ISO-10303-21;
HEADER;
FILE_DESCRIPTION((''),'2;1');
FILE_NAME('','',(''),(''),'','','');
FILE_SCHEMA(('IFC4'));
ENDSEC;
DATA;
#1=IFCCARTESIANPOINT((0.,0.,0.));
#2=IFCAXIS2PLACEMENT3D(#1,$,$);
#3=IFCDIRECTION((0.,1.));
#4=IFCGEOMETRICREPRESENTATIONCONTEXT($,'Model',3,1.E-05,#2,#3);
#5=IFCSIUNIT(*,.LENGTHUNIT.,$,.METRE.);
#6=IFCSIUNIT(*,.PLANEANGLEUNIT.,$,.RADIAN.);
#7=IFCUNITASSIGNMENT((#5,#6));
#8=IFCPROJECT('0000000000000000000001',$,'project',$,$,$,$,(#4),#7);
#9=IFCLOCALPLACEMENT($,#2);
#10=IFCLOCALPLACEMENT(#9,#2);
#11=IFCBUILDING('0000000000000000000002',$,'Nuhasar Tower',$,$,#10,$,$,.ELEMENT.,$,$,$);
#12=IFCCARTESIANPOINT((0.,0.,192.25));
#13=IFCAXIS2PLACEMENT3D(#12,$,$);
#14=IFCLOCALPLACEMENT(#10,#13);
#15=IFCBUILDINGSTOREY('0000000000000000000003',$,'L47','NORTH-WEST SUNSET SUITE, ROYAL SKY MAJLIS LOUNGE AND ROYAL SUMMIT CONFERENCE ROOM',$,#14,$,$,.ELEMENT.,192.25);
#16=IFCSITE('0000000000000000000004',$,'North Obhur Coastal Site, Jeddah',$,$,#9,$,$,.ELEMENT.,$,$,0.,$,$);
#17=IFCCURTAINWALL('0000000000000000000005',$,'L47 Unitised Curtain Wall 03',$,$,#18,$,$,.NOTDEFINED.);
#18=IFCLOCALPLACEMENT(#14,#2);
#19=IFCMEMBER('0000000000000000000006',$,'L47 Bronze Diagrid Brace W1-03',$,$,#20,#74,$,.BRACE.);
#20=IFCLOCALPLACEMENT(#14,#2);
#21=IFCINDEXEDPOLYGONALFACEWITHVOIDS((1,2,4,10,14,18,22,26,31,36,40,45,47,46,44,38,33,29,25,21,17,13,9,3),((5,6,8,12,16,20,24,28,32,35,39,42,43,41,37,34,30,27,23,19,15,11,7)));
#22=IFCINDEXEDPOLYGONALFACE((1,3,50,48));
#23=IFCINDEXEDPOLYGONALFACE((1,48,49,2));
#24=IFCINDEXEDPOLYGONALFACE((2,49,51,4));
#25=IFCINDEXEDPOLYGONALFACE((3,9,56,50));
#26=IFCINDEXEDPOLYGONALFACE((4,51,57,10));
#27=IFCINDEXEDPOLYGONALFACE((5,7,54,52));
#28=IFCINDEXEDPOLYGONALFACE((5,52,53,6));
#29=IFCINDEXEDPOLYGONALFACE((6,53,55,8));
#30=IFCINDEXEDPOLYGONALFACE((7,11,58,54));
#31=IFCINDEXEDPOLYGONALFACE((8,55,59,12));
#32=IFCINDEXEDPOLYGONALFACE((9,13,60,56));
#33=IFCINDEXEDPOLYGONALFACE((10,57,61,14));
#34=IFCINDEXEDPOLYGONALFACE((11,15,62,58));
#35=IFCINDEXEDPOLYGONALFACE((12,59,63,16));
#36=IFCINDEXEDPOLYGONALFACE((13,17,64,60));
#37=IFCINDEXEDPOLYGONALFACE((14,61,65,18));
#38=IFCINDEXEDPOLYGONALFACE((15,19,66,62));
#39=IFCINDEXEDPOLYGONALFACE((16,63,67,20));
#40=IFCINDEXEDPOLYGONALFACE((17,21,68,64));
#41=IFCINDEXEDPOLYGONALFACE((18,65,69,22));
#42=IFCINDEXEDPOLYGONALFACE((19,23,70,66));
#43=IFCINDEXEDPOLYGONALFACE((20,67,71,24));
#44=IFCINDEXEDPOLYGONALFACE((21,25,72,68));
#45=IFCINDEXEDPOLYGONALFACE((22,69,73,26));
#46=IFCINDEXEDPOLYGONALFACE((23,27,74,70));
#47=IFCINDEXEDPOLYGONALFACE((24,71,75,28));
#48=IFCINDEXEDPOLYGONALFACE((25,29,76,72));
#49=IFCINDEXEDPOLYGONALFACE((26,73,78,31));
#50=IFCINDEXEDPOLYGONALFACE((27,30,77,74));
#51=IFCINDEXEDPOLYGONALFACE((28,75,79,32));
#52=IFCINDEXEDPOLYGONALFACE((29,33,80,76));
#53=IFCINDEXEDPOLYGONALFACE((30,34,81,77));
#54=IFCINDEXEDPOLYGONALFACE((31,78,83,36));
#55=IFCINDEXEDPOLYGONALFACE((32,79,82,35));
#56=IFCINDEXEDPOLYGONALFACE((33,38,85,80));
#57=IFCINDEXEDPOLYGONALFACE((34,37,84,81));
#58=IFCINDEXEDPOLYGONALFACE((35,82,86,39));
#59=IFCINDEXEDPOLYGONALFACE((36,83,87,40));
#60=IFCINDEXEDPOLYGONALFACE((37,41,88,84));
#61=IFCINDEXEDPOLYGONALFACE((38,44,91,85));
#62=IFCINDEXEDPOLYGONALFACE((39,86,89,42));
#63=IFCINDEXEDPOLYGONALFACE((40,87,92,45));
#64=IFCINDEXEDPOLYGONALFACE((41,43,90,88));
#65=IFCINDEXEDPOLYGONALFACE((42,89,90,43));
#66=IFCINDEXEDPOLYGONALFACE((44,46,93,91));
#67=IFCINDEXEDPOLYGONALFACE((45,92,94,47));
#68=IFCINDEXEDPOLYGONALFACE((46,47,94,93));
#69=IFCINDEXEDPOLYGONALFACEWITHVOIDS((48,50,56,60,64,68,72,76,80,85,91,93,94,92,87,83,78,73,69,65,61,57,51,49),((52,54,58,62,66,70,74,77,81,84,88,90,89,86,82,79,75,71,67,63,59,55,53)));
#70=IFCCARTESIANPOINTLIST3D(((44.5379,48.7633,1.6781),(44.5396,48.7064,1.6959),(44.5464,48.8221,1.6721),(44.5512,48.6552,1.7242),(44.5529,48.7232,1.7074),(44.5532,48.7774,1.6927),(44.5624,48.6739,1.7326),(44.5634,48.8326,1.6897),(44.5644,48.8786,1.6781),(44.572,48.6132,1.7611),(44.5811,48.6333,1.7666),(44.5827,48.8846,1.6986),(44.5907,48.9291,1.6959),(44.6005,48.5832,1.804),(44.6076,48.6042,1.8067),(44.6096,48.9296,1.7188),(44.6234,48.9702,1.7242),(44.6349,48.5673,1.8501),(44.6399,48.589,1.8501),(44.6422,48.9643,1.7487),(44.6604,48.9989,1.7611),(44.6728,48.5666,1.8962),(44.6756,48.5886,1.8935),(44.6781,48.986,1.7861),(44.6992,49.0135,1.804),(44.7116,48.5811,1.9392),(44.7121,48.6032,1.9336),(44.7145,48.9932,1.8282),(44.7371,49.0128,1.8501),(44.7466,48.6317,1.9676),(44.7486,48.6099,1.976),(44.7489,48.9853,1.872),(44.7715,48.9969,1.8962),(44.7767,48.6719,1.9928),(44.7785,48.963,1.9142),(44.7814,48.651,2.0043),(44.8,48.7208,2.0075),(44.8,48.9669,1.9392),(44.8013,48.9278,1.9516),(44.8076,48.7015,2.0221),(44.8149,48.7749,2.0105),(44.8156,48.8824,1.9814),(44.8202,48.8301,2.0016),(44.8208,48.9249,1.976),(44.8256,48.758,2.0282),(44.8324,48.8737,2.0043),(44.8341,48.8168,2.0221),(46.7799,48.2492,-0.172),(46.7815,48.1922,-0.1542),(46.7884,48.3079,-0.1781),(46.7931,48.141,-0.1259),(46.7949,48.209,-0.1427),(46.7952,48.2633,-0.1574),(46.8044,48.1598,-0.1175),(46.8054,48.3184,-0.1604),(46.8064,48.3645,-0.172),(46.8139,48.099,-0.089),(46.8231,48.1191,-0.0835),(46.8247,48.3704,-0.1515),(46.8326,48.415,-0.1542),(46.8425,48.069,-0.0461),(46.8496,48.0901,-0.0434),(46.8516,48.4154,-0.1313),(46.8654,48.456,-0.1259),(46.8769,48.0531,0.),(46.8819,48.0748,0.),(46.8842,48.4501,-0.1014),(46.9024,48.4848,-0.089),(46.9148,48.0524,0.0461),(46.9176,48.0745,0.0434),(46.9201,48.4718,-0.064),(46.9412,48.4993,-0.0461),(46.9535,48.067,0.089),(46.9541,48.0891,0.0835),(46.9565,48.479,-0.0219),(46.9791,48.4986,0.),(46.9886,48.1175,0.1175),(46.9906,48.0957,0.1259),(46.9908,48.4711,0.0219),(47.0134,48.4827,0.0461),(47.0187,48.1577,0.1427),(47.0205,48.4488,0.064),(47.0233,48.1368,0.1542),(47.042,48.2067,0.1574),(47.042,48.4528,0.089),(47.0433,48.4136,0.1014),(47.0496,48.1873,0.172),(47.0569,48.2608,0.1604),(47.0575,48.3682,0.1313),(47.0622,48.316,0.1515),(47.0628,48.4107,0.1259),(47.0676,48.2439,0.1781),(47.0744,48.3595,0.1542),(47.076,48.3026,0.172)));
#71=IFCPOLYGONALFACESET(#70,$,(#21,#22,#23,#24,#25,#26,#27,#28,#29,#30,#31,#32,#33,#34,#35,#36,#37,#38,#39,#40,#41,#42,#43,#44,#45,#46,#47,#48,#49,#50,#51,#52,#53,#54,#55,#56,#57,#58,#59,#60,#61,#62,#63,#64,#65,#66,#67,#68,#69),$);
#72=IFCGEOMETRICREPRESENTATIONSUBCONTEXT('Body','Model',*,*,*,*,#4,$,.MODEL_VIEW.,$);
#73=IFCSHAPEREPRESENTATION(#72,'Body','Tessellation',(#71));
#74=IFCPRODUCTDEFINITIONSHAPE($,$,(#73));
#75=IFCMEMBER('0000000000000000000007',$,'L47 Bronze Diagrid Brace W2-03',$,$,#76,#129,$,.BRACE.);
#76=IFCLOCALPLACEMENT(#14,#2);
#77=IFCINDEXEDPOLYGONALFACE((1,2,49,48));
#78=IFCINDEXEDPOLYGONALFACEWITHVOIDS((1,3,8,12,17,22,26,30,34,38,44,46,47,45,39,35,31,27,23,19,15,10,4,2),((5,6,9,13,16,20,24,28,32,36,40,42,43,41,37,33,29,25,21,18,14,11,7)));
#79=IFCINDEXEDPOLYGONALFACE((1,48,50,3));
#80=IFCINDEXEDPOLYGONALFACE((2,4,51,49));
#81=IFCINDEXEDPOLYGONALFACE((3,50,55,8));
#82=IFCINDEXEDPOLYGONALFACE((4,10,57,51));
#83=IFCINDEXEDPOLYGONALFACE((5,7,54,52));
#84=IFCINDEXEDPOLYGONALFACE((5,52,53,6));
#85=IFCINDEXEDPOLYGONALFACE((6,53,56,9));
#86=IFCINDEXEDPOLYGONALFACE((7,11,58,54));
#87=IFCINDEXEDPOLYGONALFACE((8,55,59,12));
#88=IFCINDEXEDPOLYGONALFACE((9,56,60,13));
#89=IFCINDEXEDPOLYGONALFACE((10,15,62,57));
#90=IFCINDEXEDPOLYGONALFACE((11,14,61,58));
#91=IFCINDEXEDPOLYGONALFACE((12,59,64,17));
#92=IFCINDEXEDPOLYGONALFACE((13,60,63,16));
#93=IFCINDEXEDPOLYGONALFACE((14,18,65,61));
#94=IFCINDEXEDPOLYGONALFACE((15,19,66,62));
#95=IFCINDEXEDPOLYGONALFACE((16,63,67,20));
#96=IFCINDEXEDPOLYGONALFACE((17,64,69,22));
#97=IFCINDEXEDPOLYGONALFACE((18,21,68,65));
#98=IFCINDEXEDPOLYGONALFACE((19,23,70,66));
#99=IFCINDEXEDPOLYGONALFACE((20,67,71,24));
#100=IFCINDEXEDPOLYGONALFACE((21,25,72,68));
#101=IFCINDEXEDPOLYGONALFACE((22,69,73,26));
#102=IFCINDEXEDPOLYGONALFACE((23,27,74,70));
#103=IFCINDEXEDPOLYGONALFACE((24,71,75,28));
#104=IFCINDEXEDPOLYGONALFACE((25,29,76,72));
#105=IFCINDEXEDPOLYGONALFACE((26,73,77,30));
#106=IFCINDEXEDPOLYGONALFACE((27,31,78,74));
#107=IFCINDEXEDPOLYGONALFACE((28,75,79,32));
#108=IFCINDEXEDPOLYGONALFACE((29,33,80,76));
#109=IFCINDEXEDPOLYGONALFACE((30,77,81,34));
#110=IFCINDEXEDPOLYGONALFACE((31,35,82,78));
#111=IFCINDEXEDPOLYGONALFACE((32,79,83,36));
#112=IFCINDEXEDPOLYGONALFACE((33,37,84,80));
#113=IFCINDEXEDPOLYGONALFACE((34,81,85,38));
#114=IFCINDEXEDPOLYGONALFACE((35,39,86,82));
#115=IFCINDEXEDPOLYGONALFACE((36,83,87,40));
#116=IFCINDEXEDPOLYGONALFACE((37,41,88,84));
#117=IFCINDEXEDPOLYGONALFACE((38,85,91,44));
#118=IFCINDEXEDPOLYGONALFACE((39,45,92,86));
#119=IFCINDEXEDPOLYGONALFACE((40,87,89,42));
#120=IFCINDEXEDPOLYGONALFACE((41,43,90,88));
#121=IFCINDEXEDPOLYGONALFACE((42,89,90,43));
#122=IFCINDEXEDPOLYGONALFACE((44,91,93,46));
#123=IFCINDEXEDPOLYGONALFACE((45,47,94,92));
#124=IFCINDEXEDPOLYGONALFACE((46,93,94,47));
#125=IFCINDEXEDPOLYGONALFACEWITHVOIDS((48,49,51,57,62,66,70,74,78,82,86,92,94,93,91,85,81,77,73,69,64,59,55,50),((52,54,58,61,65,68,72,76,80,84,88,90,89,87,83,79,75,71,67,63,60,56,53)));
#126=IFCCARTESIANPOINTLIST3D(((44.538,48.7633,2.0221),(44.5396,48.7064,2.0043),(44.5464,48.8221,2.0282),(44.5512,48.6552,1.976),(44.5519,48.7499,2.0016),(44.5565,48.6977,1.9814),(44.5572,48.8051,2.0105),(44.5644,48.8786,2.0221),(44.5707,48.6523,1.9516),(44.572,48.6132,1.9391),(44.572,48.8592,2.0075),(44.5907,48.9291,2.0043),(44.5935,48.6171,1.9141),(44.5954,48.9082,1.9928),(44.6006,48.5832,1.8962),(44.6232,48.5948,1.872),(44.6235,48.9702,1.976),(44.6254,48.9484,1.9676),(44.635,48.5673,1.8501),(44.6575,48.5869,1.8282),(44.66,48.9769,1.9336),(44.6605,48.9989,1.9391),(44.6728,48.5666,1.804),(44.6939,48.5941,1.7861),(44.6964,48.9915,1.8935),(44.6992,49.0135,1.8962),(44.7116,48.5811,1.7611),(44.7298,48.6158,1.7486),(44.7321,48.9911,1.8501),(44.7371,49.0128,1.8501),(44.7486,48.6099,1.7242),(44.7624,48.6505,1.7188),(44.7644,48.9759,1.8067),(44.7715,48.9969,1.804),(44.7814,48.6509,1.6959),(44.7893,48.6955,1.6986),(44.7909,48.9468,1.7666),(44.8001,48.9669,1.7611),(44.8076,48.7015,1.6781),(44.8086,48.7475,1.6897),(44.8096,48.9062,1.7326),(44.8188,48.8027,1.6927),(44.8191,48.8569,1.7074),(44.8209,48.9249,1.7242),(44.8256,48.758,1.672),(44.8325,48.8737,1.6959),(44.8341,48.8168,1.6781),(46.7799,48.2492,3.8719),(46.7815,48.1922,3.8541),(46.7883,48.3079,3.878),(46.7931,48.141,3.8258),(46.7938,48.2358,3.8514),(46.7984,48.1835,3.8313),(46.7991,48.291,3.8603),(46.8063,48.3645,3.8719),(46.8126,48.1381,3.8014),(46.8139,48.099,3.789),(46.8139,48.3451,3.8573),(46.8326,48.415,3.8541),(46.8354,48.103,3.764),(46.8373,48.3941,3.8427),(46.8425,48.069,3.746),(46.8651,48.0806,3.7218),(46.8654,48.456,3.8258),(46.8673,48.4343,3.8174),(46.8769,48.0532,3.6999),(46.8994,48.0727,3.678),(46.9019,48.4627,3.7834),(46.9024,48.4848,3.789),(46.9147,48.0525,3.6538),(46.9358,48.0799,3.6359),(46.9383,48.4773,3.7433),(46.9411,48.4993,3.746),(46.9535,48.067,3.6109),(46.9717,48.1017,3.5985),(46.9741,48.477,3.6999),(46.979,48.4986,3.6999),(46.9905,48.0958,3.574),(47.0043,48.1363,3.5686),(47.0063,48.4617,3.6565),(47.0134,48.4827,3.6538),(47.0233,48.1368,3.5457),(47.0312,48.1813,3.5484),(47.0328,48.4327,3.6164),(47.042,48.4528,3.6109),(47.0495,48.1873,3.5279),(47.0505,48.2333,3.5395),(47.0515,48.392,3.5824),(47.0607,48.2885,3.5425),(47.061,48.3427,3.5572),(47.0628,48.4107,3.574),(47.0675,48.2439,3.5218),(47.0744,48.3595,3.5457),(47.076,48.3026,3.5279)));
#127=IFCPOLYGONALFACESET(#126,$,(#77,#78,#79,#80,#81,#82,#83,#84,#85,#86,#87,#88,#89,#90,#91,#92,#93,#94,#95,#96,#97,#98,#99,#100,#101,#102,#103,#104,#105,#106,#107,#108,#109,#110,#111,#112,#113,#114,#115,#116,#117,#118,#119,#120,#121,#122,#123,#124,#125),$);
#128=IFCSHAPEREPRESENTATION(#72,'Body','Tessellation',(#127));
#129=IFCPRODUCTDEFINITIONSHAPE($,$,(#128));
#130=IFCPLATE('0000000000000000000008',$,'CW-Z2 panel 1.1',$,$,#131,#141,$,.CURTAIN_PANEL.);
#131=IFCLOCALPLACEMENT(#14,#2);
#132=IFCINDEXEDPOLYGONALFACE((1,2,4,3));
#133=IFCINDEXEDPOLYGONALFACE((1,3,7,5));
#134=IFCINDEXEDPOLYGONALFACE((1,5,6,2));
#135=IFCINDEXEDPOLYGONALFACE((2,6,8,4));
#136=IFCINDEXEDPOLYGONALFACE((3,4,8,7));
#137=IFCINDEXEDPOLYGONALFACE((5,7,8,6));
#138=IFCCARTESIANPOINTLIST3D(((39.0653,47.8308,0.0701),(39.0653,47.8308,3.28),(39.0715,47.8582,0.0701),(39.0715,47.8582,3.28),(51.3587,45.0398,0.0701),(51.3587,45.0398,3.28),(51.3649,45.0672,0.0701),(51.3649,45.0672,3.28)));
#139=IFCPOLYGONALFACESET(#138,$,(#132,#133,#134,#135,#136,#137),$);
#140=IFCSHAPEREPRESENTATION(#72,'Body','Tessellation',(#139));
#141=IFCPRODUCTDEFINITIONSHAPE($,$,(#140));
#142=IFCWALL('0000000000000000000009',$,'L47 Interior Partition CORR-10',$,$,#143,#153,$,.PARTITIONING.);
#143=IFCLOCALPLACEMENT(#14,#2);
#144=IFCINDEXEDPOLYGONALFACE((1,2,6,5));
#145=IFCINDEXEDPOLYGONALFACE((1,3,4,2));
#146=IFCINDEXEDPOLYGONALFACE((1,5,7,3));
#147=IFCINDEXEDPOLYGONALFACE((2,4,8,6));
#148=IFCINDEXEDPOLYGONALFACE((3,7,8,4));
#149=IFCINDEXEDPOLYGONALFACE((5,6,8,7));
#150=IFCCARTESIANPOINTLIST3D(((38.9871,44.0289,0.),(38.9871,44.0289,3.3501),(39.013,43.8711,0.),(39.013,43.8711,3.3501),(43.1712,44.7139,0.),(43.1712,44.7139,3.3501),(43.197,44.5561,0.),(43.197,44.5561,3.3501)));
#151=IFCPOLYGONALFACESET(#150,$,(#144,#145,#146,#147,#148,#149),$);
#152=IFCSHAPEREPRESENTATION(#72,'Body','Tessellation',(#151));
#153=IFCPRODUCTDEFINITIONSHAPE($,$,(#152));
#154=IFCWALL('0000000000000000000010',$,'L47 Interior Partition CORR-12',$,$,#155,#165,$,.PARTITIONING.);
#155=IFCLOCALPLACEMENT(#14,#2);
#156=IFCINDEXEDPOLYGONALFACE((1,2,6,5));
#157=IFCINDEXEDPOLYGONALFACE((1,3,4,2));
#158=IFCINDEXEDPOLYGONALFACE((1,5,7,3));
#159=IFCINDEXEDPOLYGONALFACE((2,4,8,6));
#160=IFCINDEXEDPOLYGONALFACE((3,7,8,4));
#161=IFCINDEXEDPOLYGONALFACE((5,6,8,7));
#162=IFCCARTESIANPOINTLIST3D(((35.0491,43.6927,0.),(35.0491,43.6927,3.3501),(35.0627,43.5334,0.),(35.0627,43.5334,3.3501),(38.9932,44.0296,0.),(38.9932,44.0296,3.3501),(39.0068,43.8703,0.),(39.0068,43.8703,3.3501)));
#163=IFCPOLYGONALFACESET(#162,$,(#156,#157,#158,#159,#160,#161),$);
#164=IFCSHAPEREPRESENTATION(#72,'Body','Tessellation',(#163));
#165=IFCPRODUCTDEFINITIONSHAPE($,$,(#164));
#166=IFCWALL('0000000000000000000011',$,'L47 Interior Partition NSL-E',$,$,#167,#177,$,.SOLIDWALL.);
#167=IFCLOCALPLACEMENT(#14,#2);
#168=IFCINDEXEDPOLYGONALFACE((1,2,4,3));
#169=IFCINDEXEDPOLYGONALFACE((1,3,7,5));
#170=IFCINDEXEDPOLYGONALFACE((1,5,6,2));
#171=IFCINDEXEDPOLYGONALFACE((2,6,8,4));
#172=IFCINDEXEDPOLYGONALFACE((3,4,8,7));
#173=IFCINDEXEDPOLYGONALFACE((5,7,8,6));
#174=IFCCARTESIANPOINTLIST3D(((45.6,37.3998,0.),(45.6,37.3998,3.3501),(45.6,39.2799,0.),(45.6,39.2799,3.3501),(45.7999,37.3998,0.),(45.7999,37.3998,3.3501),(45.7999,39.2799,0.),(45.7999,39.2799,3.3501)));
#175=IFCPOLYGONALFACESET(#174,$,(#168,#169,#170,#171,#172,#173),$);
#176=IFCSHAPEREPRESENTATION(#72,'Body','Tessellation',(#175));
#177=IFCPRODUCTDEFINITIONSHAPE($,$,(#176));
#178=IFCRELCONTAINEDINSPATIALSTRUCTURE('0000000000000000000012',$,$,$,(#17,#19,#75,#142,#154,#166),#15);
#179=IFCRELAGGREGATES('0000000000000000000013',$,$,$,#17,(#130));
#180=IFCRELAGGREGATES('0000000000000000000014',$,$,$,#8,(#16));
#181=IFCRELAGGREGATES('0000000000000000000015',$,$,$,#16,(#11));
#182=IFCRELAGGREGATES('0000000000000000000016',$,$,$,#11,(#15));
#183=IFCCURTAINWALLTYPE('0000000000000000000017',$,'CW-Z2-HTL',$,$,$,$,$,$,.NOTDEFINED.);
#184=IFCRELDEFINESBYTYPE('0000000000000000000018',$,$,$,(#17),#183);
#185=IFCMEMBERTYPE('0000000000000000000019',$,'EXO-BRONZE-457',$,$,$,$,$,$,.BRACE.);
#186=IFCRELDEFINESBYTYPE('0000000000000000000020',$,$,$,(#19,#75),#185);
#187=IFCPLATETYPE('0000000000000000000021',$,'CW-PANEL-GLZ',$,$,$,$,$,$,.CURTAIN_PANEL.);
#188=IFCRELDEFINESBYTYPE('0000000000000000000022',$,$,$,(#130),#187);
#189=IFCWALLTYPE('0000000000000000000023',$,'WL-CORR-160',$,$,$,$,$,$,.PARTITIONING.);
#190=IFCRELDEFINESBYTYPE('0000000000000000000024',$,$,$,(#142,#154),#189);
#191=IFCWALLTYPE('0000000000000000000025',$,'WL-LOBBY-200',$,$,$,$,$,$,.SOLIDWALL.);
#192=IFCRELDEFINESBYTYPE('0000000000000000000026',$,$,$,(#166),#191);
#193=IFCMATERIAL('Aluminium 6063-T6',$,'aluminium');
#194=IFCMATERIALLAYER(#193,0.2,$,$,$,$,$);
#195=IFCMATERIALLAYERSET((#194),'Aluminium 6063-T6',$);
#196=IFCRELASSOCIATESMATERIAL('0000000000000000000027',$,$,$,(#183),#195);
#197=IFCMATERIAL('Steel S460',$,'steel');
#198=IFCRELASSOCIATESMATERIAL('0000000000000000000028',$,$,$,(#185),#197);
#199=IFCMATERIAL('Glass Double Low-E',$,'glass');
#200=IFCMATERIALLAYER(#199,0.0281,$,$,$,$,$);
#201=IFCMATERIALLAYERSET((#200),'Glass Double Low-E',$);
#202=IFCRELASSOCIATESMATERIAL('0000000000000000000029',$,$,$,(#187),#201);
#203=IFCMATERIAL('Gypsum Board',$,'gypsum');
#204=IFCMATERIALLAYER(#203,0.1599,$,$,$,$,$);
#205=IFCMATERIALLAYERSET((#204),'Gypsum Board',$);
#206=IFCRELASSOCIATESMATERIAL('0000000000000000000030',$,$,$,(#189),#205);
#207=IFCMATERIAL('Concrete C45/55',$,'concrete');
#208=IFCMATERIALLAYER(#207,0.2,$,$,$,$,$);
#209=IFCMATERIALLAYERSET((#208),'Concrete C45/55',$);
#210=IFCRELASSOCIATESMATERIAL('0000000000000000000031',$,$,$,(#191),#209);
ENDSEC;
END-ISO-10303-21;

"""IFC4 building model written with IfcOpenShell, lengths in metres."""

from ifc_helpers import new_model, si_unit, direction, frame, frame_2d, origin, origin_2d, place, context, subcontext, project, spatial, rectangle, hollow_circle, extrude, material, layer, layer_set, material_profile, profile_set, type_object, element, aggregate, save


model = new_model("IFC4")

# Units and contexts
model_context = context("Model", 3, precision=1e-05, world=origin(), true_north=direction((0.0, 1.0)))
body_context = subcontext(model_context, "Body", "Model", "MODEL_VIEW")
ifc_project = project(units=[si_unit("LENGTHUNIT", "METRE"), si_unit("PLANEANGLEUNIT", "RADIAN")], contexts=[model_context])

# Site, building, storey
site_placement = place(None, origin())
site = spatial("IfcSite", under=ifc_project, at=site_placement, Name="North Obhur Coastal Site, Jeddah", CompositionType="ELEMENT", RefElevation=0.0)
building_placement = place(site_placement, origin())
building = spatial("IfcBuilding", under=site, at=building_placement, Name="Nuhasar Tower", CompositionType="ELEMENT")
storey_placement = place(building_placement, frame((0.0, 0.0, 192.25)))
storey = spatial("IfcBuildingStorey", under=building, at=storey_placement, Name="L47", Description="NORTH-WEST SUNSET SUITE, ROYAL SKY MAJLIS LOUNGE AND ROYAL SUMMIT CONFERENCE ROOM", CompositionType="ELEMENT", Elevation=192.25)

# Curtain wall
ifc_material_1 = material(Name="Aluminium 6063-T6", Category="aluminium")
ifc_layer_1 = layer(ifc_material_1, 0.2)
ifc_layer_set_1 = layer_set([ifc_layer_1], Name="Aluminium 6063-T6")
curtain_wall_type = type_object("IfcCurtainWallType", Name="CW-Z2-HTL", PredefinedType="NOTDEFINED", material=ifc_layer_set_1)
curtain_wall_1_placement = place(storey_placement, origin())
curtain_wall_1 = element("IfcCurtainWall", 1, at=curtain_wall_1_placement, inside=storey, type_object=curtain_wall_type, Name="L47 Unitised Curtain Wall 03", PredefinedType="NOTDEFINED")

# Members
ifc_material_2 = material(Name="Steel S460", Category="steel")
ifc_material_profile_1 = material_profile(ifc_material_2, hollow_circle(Radius=0.2285, WallThickness=0.0222, at=origin_2d()), Name="HSS457X22.2")
ifc_profile_set_1 = profile_set([ifc_material_profile_1], Name="Steel S460")
member_type_1 = type_object("IfcMemberType", Name="EXO-BRONZE-457", PredefinedType="BRACE", material=ifc_profile_set_1)
member_1_placement = place(storey_placement, frame((46.928, 48.2759, 0.0), z_axis=(-0.7595, 0.174181, 0.626755), x_axis=(-0.223534, -0.974696, 0.0)))
element("IfcMember", 2, at=member_1_placement, inside=storey, type_object=member_type_1, Name="L47 Bronze Diagrid Brace W1-03", PredefinedType="BRACE", context=body_context, shape_type="SweptSolid", body=[
    extrude(hollow_circle(Radius=0.2285, WallThickness=0.0222, at=origin_2d()), origin(), (0.0, 0.0, 1.0), 2.9519),
])
member_2_placement = place(storey_placement, frame((44.686, 48.79, 1.8501), z_axis=(0.759539, -0.17419, 0.626704), x_axis=(0.223534, 0.974696, 0.0)))
element("IfcMember", 3, at=member_2_placement, inside=storey, type_object=member_type_1, Name="L47 Bronze Diagrid Brace W2-03", PredefinedType="BRACE", context=body_context, shape_type="SweptSolid", body=[
    extrude(hollow_circle(Radius=0.2285, WallThickness=0.0222, at=origin_2d()), origin(), (0.0, 0.0, 1.0), 2.9517),
])

# Plate
ifc_material_3 = material(Name="Glass Double Low-E", Category="glass")
ifc_layer_2 = layer(ifc_material_3, 0.0281)
ifc_layer_set_2 = layer_set([ifc_layer_2], Name="Glass Double Low-E")
plate_type = type_object("IfcPlateType", Name="CW-PANEL-GLZ", PredefinedType="CURTAIN_PANEL", material=ifc_layer_set_2)
plate_placement = place(storey_placement, frame((45.2151, 46.449, 0.0701), z_axis=(0.0, 0.0, 1.0), x_axis=(-0.975184, 0.221397, 0.0)))
plate = element("IfcPlate", 4, at=plate_placement, type_object=plate_type, Name="CW-Z2 panel 1.1", PredefinedType="CURTAIN_PANEL", context=body_context, shape_type="SweptSolid", body=[
    extrude(rectangle(XDim=12.6062, YDim=0.0281, at=origin_2d()), origin(), (0.0, 0.0, 1.0), 3.21),
])
aggregate(curtain_wall_1, [plate])

# Shared definitions
ifc_material_4 = material(Name="Gypsum Board", Category="gypsum")
ifc_layer_3 = layer(ifc_material_4, 0.1599)
ifc_layer_set_3 = layer_set([ifc_layer_3], Name="Gypsum Board")
wall_type_1 = type_object("IfcWallType", Name="WL-CORR-160", PredefinedType="PARTITIONING", material=ifc_layer_set_3)

# Walls
wall_1_placement = place(storey_placement, frame((43.1841, 44.635, 0.0), z_axis=(0.0, 0.0, 1.0), x_axis=(-0.98686, -0.161578, 0.0)))
element("IfcWall", 5, at=wall_1_placement, inside=storey, type_object=wall_type_1, Name="L47 Interior Partition CORR-10", PredefinedType="PARTITIONING", context=body_context, shape_type="SweptSolid", body=[
    extrude(rectangle(XDim=4.2397, YDim=0.1599, at=frame_2d((2.1199, 0.0))), origin(), (0.0, 0.0, 1.0), 3.3501),
])
wall_2_placement = place(storey_placement, frame((39.0, 43.95, 0.0), z_axis=(0.0, 0.0, 1.0), x_axis=(-0.996371, -0.085113, 0.0)))
element("IfcWall", 6, at=wall_2_placement, inside=storey, type_object=wall_type_1, Name="L47 Interior Partition CORR-12", PredefinedType="PARTITIONING", context=body_context, shape_type="SweptSolid", body=[
    extrude(rectangle(XDim=3.9585, YDim=0.1599, at=frame_2d((1.9792, 0.0))), origin(), (0.0, 0.0, 1.0), 3.3501),
])
ifc_material_5 = material(Name="Concrete C45/55", Category="concrete")
ifc_layer_4 = layer(ifc_material_5, 0.2)
ifc_layer_set_4 = layer_set([ifc_layer_4], Name="Concrete C45/55")
wall_type_2 = type_object("IfcWallType", Name="WL-LOBBY-200", PredefinedType="SOLIDWALL", material=ifc_layer_set_4)
wall_3_placement = place(storey_placement, frame((45.7, 37.3999, 0.0), z_axis=(0.0, 0.0, 1.0), x_axis=(0.0, 1.0, 0.0)))
element("IfcWall", 7, at=wall_3_placement, inside=storey, type_object=wall_type_2, Name="L47 Interior Partition NSL-E", PredefinedType="SOLIDWALL", context=body_context, shape_type="SweptSolid", body=[
    extrude(rectangle(XDim=1.8801, YDim=0.2, at=frame_2d((0.9399, 0.0))), origin(), (0.0, 0.0, 1.0), 3.3501),
])

save(model, "model.ifc")
